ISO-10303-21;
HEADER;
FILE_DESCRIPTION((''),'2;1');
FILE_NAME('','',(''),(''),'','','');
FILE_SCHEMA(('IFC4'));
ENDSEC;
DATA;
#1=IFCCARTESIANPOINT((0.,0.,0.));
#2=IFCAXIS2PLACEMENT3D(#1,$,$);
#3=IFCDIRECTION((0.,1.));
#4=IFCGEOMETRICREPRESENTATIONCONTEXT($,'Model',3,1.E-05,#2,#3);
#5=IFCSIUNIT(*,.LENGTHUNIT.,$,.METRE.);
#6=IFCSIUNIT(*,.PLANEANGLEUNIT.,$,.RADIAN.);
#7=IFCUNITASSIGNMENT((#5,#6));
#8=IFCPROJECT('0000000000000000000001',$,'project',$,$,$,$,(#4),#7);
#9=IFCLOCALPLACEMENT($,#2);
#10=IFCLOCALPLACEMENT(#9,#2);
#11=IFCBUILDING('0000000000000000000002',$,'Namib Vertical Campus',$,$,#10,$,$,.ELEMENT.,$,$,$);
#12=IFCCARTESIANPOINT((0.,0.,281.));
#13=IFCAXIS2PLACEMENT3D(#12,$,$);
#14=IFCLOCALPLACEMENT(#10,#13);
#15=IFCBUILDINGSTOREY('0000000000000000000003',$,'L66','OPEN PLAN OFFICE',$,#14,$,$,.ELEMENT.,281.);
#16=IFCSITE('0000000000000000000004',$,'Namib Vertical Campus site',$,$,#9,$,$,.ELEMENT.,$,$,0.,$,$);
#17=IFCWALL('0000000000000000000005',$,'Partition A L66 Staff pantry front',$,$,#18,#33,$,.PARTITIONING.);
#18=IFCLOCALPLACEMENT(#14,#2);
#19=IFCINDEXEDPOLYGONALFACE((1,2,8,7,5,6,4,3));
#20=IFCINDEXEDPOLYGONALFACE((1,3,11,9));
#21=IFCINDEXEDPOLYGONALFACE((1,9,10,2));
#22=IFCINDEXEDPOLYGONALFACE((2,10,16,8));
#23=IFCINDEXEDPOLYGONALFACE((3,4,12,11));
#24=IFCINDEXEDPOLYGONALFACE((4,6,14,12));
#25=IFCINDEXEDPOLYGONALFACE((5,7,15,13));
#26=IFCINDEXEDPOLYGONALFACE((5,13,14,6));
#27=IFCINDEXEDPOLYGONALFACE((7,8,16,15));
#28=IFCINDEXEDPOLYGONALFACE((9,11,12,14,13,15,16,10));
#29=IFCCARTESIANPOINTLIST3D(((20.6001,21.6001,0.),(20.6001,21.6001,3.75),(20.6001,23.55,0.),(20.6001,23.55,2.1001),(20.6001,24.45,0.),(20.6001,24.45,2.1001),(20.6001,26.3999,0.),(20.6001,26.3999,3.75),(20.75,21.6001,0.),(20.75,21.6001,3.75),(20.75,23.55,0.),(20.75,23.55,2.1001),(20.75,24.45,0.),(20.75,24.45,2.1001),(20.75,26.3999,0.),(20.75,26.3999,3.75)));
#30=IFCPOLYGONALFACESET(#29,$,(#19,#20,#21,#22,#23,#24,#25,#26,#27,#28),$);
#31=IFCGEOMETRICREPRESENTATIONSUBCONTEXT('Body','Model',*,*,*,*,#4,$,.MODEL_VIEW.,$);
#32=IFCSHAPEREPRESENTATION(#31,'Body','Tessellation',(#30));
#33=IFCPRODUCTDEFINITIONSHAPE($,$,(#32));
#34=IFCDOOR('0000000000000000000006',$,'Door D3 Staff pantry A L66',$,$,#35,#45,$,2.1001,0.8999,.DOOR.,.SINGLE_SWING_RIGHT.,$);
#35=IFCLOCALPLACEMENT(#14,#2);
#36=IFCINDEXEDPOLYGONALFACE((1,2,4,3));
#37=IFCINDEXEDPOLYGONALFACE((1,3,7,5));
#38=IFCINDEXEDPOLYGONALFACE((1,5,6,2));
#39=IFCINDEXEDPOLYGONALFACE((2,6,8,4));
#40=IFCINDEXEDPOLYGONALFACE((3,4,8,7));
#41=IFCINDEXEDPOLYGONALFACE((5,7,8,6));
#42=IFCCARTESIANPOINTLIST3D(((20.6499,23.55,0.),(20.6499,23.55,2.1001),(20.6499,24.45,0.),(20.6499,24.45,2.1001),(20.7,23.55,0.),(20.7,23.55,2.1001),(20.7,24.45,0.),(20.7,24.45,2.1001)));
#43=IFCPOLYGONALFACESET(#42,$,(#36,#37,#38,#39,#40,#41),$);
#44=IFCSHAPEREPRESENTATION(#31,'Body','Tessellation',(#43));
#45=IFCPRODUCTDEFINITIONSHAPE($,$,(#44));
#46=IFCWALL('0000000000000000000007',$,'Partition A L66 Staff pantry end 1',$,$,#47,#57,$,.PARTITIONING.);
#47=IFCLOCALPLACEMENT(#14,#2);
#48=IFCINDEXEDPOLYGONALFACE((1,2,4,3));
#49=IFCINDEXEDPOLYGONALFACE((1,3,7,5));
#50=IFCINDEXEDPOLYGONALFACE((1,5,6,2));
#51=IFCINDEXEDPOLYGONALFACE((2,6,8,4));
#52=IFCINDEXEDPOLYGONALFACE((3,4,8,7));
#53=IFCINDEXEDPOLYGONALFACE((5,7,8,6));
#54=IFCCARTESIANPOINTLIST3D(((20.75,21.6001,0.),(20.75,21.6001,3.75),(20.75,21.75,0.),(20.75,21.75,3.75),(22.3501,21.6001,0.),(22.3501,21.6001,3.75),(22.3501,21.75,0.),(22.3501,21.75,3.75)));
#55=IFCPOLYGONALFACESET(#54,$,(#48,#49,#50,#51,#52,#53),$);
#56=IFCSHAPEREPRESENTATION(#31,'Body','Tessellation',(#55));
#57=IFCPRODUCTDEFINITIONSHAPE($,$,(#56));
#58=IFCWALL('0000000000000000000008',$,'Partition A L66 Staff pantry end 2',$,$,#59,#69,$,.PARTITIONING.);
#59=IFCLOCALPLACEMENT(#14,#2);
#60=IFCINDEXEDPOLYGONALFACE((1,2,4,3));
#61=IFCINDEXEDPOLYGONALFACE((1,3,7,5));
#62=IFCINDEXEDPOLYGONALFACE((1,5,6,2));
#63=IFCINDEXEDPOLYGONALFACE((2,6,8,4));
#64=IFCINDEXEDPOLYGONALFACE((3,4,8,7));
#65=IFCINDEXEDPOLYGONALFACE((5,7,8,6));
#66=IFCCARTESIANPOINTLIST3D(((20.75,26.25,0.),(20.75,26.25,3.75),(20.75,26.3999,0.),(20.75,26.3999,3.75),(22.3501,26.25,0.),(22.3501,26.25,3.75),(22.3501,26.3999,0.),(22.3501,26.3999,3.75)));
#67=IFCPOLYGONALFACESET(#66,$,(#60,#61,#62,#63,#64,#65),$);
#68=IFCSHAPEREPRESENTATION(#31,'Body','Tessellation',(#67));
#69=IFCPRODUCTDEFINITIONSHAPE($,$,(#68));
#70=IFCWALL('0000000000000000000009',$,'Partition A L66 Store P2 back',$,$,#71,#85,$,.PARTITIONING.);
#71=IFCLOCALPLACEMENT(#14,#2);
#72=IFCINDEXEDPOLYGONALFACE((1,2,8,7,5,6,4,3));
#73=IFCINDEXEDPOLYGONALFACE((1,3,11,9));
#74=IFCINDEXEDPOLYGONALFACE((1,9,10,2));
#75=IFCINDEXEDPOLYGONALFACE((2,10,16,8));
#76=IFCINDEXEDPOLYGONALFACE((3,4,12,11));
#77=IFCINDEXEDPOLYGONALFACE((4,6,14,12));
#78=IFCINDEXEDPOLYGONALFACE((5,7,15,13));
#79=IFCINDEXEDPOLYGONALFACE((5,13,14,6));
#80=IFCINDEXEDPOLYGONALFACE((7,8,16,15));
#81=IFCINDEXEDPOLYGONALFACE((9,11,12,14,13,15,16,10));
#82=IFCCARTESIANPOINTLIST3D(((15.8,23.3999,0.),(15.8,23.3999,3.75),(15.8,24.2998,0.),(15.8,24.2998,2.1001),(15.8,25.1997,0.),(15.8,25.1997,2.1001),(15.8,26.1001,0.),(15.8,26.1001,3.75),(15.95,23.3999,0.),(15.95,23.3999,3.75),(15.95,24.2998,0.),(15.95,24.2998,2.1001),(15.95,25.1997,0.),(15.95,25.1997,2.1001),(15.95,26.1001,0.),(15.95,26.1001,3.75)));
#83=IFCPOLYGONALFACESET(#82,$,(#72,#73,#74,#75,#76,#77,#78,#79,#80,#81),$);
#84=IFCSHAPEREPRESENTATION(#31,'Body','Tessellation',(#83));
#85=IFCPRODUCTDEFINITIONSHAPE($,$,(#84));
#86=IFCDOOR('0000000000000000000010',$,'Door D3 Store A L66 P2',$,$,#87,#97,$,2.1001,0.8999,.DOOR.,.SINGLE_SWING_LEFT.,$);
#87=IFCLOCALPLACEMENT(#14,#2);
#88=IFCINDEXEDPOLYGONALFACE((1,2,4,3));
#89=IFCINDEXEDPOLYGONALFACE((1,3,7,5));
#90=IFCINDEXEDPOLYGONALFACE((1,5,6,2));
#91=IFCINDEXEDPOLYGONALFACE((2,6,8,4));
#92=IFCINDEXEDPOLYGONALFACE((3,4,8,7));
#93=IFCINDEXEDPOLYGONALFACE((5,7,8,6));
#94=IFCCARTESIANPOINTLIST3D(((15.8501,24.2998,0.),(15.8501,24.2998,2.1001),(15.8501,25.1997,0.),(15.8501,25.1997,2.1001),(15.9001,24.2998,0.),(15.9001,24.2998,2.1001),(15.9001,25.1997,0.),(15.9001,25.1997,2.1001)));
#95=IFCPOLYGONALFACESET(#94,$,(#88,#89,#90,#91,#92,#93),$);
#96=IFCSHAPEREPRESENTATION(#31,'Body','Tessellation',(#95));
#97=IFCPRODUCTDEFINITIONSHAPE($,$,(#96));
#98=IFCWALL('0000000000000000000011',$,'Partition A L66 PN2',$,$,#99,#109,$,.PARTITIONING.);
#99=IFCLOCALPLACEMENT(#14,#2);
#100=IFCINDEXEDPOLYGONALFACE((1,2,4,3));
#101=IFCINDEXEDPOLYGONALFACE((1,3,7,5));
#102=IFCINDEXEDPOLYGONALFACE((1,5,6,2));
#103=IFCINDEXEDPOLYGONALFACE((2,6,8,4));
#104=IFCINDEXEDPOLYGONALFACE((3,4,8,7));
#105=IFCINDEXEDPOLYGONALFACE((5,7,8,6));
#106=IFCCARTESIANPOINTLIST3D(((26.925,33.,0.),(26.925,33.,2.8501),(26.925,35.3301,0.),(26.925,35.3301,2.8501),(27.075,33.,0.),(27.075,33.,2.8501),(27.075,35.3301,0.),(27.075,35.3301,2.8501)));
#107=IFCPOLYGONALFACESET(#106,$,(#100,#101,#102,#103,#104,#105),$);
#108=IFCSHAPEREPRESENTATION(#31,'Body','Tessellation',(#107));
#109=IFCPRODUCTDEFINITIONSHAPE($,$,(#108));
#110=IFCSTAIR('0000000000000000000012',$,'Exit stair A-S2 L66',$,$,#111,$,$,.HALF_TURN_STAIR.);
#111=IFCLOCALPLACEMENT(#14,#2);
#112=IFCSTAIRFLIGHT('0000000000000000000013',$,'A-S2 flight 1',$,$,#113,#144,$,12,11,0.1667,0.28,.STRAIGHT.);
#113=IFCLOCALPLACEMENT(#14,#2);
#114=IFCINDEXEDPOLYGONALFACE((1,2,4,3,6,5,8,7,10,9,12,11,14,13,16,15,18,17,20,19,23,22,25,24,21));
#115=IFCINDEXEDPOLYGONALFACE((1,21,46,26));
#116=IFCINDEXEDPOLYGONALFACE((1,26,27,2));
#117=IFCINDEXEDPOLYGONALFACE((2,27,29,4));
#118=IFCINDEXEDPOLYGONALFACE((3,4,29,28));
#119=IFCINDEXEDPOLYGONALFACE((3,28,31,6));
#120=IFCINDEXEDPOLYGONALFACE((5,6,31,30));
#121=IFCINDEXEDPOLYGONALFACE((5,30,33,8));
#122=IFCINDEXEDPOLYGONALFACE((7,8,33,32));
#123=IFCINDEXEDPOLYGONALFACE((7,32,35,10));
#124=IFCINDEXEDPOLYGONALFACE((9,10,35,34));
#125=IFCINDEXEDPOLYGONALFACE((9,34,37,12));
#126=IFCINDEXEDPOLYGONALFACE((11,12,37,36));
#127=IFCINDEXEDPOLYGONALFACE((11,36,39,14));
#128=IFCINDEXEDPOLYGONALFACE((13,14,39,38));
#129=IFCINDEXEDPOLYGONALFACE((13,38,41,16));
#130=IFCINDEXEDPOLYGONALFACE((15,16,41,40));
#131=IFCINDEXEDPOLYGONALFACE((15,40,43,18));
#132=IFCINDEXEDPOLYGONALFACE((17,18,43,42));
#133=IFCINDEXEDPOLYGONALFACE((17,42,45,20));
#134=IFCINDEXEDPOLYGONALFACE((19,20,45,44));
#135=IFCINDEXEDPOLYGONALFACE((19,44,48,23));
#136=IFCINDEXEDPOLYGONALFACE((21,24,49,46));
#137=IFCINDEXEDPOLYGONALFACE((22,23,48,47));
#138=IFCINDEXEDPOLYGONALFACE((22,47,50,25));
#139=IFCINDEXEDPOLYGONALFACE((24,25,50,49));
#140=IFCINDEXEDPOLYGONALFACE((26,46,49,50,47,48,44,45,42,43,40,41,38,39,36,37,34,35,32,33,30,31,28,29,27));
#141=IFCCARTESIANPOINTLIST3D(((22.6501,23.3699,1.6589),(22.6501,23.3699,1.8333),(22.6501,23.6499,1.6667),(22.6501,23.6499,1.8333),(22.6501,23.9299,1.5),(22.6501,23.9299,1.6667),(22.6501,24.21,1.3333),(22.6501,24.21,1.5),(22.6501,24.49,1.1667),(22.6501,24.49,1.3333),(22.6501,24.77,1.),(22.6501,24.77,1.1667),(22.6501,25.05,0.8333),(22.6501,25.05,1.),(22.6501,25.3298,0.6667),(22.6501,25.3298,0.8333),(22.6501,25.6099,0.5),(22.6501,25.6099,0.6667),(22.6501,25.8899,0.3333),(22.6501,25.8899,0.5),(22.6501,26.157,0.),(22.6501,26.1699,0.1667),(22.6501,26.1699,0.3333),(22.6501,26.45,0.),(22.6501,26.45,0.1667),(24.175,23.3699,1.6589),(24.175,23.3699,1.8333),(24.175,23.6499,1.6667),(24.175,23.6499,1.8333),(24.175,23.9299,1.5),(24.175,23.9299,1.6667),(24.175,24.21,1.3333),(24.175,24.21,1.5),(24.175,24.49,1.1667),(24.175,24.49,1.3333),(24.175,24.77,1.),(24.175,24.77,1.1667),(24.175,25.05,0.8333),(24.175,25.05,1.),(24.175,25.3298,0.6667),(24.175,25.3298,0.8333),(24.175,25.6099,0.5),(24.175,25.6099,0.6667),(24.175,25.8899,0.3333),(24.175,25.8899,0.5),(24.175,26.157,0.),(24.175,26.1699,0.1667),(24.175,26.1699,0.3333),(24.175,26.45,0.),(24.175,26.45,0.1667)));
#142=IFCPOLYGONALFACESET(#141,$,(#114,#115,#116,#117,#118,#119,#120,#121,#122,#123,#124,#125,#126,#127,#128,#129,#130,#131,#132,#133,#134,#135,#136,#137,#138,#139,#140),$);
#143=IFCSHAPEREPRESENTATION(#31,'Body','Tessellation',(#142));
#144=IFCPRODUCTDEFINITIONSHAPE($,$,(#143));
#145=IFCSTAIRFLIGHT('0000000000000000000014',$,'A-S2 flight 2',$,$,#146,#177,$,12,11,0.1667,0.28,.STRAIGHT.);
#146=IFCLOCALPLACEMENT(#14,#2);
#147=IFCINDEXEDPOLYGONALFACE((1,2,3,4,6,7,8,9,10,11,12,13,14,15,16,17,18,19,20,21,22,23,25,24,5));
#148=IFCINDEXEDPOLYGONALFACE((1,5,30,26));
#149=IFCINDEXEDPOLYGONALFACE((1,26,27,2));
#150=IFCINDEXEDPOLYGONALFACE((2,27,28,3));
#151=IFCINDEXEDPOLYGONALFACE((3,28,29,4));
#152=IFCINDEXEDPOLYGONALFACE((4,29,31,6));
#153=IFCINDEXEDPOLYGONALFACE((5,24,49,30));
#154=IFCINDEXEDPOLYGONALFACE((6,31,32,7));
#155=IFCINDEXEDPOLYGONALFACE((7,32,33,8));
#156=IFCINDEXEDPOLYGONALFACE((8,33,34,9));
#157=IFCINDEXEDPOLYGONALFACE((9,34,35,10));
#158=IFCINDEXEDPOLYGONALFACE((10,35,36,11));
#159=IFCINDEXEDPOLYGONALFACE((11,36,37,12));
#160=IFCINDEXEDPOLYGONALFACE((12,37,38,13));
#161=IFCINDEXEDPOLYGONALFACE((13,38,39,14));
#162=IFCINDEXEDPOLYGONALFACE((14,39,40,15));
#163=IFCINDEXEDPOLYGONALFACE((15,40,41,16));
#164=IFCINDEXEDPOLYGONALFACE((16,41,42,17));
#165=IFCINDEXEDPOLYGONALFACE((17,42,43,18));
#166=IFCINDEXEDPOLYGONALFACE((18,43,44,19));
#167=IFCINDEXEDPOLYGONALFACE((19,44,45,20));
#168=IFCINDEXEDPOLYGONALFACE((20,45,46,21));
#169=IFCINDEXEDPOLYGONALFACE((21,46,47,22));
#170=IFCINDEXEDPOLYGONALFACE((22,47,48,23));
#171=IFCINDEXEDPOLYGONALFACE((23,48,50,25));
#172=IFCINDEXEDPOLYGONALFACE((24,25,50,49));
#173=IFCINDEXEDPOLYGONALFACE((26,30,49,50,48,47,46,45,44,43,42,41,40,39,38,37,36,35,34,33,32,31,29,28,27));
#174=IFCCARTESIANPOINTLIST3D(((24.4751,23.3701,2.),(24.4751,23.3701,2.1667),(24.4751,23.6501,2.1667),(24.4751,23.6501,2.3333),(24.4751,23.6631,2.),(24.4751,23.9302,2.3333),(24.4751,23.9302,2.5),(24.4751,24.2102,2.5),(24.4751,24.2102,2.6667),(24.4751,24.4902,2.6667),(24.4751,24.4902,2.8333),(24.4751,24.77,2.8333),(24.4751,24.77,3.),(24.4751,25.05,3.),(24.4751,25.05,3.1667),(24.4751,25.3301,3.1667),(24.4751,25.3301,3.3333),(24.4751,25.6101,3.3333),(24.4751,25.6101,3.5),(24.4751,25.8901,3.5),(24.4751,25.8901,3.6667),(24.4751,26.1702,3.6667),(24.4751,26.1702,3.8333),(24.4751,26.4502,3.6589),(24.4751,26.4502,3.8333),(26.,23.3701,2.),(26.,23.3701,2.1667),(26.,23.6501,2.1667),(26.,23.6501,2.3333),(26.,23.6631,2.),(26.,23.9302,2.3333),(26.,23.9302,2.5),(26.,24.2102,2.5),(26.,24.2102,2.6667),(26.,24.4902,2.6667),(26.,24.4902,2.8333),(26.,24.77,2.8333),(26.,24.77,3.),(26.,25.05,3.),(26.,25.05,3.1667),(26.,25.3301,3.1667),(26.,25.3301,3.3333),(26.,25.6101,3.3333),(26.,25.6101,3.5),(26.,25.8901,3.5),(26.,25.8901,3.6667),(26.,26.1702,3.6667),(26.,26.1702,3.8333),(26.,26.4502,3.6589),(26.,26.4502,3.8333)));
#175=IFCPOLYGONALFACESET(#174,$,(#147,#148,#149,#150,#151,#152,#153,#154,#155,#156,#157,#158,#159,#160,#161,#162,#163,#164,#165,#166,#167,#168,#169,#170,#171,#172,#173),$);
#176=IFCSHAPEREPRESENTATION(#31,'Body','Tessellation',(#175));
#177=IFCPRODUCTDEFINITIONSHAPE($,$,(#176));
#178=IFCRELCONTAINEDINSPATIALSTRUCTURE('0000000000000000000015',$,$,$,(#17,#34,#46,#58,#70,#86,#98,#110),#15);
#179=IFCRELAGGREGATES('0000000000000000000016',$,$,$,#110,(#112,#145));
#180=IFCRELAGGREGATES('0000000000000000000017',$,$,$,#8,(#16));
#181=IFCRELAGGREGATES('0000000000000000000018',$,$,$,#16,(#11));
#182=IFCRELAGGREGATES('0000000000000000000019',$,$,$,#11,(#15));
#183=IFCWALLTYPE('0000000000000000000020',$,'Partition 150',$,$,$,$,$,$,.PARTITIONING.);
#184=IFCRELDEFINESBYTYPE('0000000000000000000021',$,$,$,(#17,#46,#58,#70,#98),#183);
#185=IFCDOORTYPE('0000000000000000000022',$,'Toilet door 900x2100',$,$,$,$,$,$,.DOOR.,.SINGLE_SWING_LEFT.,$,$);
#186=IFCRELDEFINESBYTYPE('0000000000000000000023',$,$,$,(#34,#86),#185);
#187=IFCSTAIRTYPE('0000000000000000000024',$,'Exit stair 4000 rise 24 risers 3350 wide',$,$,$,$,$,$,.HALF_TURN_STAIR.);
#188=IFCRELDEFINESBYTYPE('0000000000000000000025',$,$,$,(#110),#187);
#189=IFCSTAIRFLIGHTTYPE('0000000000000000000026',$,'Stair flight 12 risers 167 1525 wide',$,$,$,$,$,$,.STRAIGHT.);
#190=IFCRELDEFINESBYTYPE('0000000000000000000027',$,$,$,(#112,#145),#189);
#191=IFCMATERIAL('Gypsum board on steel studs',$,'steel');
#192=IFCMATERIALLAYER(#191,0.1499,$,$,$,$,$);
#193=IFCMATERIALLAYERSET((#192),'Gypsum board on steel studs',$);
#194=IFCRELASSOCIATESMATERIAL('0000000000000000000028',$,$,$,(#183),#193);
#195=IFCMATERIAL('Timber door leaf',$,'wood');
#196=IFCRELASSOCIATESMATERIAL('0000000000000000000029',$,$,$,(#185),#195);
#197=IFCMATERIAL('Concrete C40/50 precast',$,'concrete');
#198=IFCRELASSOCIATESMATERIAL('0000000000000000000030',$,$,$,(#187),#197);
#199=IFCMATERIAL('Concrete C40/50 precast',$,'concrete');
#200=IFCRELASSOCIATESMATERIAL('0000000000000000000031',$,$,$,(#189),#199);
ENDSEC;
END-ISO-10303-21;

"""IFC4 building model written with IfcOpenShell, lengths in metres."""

from ifc_helpers import new_model, si_unit, direction, frame, frame_2d, origin, place, context, subcontext, project, spatial, polyline, rectangle, outline, extrude, material, layer, layer_set, type_object, element, fill, aggregate, save


model = new_model("IFC4")

# Units and contexts
model_context = context("Model", 3, precision=1e-05, world=origin(), true_north=direction((0.0, 1.0)))
body_context = subcontext(model_context, "Body", "Model", "MODEL_VIEW")
ifc_project = project(units=[si_unit("LENGTHUNIT", "METRE"), si_unit("PLANEANGLEUNIT", "RADIAN")], contexts=[model_context])

# Site, building, storey
site_placement = place(None, origin())
site = spatial("IfcSite", under=ifc_project, at=site_placement, Name="Namib Vertical Campus site", CompositionType="ELEMENT", RefElevation=0.0)
building_placement = place(site_placement, origin())
building = spatial("IfcBuilding", under=site, at=building_placement, Name="Namib Vertical Campus", CompositionType="ELEMENT")
storey_placement = place(building_placement, frame((0.0, 0.0, 281.0)))
storey = spatial("IfcBuildingStorey", under=building, at=storey_placement, Name="L66", Description="OPEN PLAN OFFICE", CompositionType="ELEMENT", Elevation=281.0)

# Wall, opening, door
ifc_material_1 = material(Name="Gypsum board on steel studs", Category="steel")
ifc_layer_1 = layer(ifc_material_1, 0.1499)
ifc_layer_set_1 = layer_set([ifc_layer_1], Name="Gypsum board on steel studs")
wall_type_1 = type_object("IfcWallType", Name="Partition 150", PredefinedType="PARTITIONING", material=ifc_layer_set_1)
wall_1_placement = place(storey_placement, frame((20.675, 21.6001, 0.0), z_axis=(0.0, 0.0, 1.0), x_axis=(0.0, 1.0, 0.0)))
wall_1 = element("IfcWall", 1, at=wall_1_placement, inside=storey, type_object=wall_type_1, Name="Partition A L66 Staff pantry front", PredefinedType="PARTITIONING", context=body_context, shape_type="SweptSolid", body=[
    extrude(rectangle(XDim=4.7998, YDim=0.1499, at=frame_2d((2.3999, 0.0))), origin(), (0.0, 0.0, 1.0), 3.75),
])
opening_1_placement = place(wall_1_placement, frame((1.95, 0.0, 0.0)))
opening_1 = element("IfcOpeningElement", 2, at=opening_1_placement, cuts=wall_1, PredefinedType="OPENING", context=body_context, shape_type="SweptSolid", body=[
    extrude(rectangle(XDim=0.8999, YDim=2.1001, at=frame_2d((0.45, 1.05))), frame((0.0, 0.085, 0.0), z_axis=(0.0, -1.0, 0.0), x_axis=(1.0, 0.0, 0.0)), (0.0, 0.0, 1.0), 0.1699),
])
ifc_material_2 = material(Name="Timber door leaf", Category="wood")
door_type_1 = type_object("IfcDoorType", Name="Toilet door 900x2100", OperationType="SINGLE_SWING_LEFT", PredefinedType="DOOR", material=ifc_material_2)
door_1_placement = place(opening_1_placement, frame((0.8999, 0.0, 0.0), z_axis=(0.0, 0.0, 1.0), x_axis=(-1.0, 0.0, 0.0)))
door_1 = element("IfcDoor", 3, at=door_1_placement, inside=storey, type_object=door_type_1, Name="Door D3 Staff pantry A L66", OperationType="SINGLE_SWING_RIGHT", OverallHeight=2.1001, OverallWidth=0.8999, PredefinedType="DOOR", context=body_context, shape_type="SweptSolid", body=[
    extrude(rectangle(XDim=0.8999, YDim=2.1001, at=frame_2d((0.45, 1.05))), frame((0.0, 0.0249, 0.0), z_axis=(0.0, -1.0, 0.0), x_axis=(1.0, 0.0, 0.0)), (0.0, 0.0, 1.0), 0.05),
])
fill(opening_1, door_1)

# Walls
for number, where, z_axis, x_axis, name in (
    (4, (20.75, 21.675, 0.0), (0.0, 0.0, 1.0), (1.0, 0.0, 0.0), "Partition A L66 Staff pantry end 1"),
    (5, (20.75, 26.325, 0.0), (0.0, 0.0, 1.0), (1.0, 0.0, 0.0), "Partition A L66 Staff pantry end 2"),
):
    element("IfcWall", number, at=place(storey_placement, frame(where, z_axis=z_axis, x_axis=x_axis)), inside=storey, type_object=wall_type_1, Name=name, PredefinedType="PARTITIONING", context=body_context, shape_type="SweptSolid", body=[
        extrude(rectangle(XDim=1.6001, YDim=0.1499, at=frame_2d((0.8, 0.0))), origin(), (0.0, 0.0, 1.0), 3.75),
    ])

# Wall, opening, door
wall_2_placement = place(storey_placement, frame((15.875, 23.3999, 0.0), z_axis=(0.0, 0.0, 1.0), x_axis=(0.0, 1.0, 0.0)))
wall_2 = element("IfcWall", 6, at=wall_2_placement, inside=storey, type_object=wall_type_1, Name="Partition A L66 Store P2 back", PredefinedType="PARTITIONING", context=body_context, shape_type="SweptSolid", body=[
    extrude(rectangle(XDim=2.7002, YDim=0.1499, at=frame_2d((1.3501, 0.0))), origin(), (0.0, 0.0, 1.0), 3.75),
])
opening_2_placement = place(wall_2_placement, frame((0.8999, 0.0, 0.0)))
opening_2 = element("IfcOpeningElement", 7, at=opening_2_placement, cuts=wall_2, PredefinedType="OPENING", context=body_context, shape_type="SweptSolid", body=[
    extrude(rectangle(XDim=0.8999, YDim=2.1001, at=frame_2d((0.45, 1.05))), frame((0.0, 0.085, 0.0), z_axis=(0.0, -1.0, 0.0), x_axis=(1.0, 0.0, 0.0)), (0.0, 0.0, 1.0), 0.1699),
])
door_2_placement = place(opening_2_placement, origin())
door_2 = element("IfcDoor", 8, at=door_2_placement, inside=storey, type_object=door_type_1, Name="Door D3 Store A L66 P2", OperationType="SINGLE_SWING_LEFT", OverallHeight=2.1001, OverallWidth=0.8999, PredefinedType="DOOR", context=body_context, shape_type="SweptSolid", body=[
    extrude(rectangle(XDim=0.8999, YDim=2.1001, at=frame_2d((0.45, 1.05))), frame((0.0, 0.0249, 0.0), z_axis=(0.0, -1.0, 0.0), x_axis=(1.0, 0.0, 0.0)), (0.0, 0.0, 1.0), 0.05),
])
fill(opening_2, door_2)

# Wall
wall_3_placement = place(storey_placement, frame((27.0, 33.0, 0.0), z_axis=(0.0, 0.0, 1.0), x_axis=(0.0, 1.0, 0.0)))
element("IfcWall", 9, at=wall_3_placement, inside=storey, type_object=wall_type_1, Name="Partition A L66 PN2", PredefinedType="PARTITIONING", context=body_context, shape_type="SweptSolid", body=[
    extrude(rectangle(XDim=2.3301, YDim=0.1499, at=frame_2d((1.165, 0.0))), origin(), (0.0, 0.0, 1.0), 2.8501),
])

# Stair, stair flights
ifc_material_3 = material(Name="Concrete C40/50 precast", Category="concrete")
stair_type = type_object("IfcStairType", Name="Exit stair 4000 rise 24 risers 3350 wide", PredefinedType="HALF_TURN_STAIR", material=ifc_material_3)
stair_placement = place(storey_placement, origin())
stair = element("IfcStair", 10, at=stair_placement, inside=storey, type_object=stair_type, Name="Exit stair A-S2 L66", PredefinedType="HALF_TURN_STAIR")
ifc_material_4 = material(Name="Concrete C40/50 precast", Category="concrete")
stair_flight_type = type_object("IfcStairFlightType", Name="Stair flight 12 risers 167 1525 wide", PredefinedType="STRAIGHT", material=ifc_material_4)
stair_flight_1_placement = place(storey_placement, frame((23.4126, 26.45, 0.0), z_axis=(0.0, 0.0, 1.0), x_axis=(0.0, -1.0, 0.0)))
stair_flight_1 = element("IfcStairFlight", 11, at=stair_flight_1_placement, type_object=stair_flight_type, Name="A-S2 flight 1", NumberOfRisers=12, NumberOfTreads=11, PredefinedType="STRAIGHT", RiserHeight=0.1667, TreadLength=0.28, context=body_context, shape_type="SweptSolid", body=[
    extrude(outline(polyline([(0.0, 0.0), (0.0, 0.1667), (0.28, 0.1667), (0.28, 0.3333), (0.5601, 0.3333), (0.5601, 0.5), (0.8401, 0.5), (0.8401, 0.6667), (1.1201, 0.6667), (1.1201, 0.8333), (1.3999, 0.8333), (1.3999, 1.0), (1.6799, 1.0), (1.6799, 1.1667), (1.96, 1.1667), (1.96, 1.3333), (2.24, 1.3333), (2.24, 1.5), (2.52, 1.5), (2.52, 1.6667), (2.8, 1.6667), (2.8, 1.8333), (3.0801, 1.8333), (3.0801, 2.0), (3.0801, 1.6589), (0.293, 0.0), (0.0, 0.0)])), frame((0.0, 0.7625, 0.0), z_axis=(0.0, -1.0, 0.0), x_axis=(1.0, 0.0, 0.0)), (0.0, 0.0, 1.0), 1.5249),
])
stair_flight_2_placement = place(storey_placement, frame((25.2375, 23.3701, 2.0), z_axis=(0.0, 0.0, 1.0), x_axis=(0.0, 1.0, 0.0)))
stair_flight_2 = element("IfcStairFlight", 12, at=stair_flight_2_placement, type_object=stair_flight_type, Name="A-S2 flight 2", NumberOfRisers=12, NumberOfTreads=11, PredefinedType="STRAIGHT", RiserHeight=0.1667, TreadLength=0.28, context=body_context, shape_type="SweptSolid", body=[
    extrude(outline(polyline([(0.0, 0.0), (0.0, 0.1667), (0.28, 0.1667), (0.28, 0.3333), (0.5601, 0.3333), (0.5601, 0.5), (0.8401, 0.5), (0.8401, 0.6667), (1.1201, 0.6667), (1.1201, 0.8333), (1.3999, 0.8333), (1.3999, 1.0), (1.6799, 1.0), (1.6799, 1.1667), (1.96, 1.1667), (1.96, 1.3333), (2.24, 1.3333), (2.24, 1.5), (2.52, 1.5), (2.52, 1.6667), (2.8, 1.6667), (2.8, 1.8333), (3.0801, 1.8333), (3.0801, 2.0), (3.0801, 1.6589), (0.293, 0.0), (0.0, 0.0)])), frame((0.0, 0.7625, 0.0), z_axis=(0.0, -1.0, 0.0), x_axis=(1.0, 0.0, 0.0)), (0.0, 0.0, 1.0), 1.5249),
])
aggregate(stair, [stair_flight_1, stair_flight_2])

save(model, "model.ifc")
